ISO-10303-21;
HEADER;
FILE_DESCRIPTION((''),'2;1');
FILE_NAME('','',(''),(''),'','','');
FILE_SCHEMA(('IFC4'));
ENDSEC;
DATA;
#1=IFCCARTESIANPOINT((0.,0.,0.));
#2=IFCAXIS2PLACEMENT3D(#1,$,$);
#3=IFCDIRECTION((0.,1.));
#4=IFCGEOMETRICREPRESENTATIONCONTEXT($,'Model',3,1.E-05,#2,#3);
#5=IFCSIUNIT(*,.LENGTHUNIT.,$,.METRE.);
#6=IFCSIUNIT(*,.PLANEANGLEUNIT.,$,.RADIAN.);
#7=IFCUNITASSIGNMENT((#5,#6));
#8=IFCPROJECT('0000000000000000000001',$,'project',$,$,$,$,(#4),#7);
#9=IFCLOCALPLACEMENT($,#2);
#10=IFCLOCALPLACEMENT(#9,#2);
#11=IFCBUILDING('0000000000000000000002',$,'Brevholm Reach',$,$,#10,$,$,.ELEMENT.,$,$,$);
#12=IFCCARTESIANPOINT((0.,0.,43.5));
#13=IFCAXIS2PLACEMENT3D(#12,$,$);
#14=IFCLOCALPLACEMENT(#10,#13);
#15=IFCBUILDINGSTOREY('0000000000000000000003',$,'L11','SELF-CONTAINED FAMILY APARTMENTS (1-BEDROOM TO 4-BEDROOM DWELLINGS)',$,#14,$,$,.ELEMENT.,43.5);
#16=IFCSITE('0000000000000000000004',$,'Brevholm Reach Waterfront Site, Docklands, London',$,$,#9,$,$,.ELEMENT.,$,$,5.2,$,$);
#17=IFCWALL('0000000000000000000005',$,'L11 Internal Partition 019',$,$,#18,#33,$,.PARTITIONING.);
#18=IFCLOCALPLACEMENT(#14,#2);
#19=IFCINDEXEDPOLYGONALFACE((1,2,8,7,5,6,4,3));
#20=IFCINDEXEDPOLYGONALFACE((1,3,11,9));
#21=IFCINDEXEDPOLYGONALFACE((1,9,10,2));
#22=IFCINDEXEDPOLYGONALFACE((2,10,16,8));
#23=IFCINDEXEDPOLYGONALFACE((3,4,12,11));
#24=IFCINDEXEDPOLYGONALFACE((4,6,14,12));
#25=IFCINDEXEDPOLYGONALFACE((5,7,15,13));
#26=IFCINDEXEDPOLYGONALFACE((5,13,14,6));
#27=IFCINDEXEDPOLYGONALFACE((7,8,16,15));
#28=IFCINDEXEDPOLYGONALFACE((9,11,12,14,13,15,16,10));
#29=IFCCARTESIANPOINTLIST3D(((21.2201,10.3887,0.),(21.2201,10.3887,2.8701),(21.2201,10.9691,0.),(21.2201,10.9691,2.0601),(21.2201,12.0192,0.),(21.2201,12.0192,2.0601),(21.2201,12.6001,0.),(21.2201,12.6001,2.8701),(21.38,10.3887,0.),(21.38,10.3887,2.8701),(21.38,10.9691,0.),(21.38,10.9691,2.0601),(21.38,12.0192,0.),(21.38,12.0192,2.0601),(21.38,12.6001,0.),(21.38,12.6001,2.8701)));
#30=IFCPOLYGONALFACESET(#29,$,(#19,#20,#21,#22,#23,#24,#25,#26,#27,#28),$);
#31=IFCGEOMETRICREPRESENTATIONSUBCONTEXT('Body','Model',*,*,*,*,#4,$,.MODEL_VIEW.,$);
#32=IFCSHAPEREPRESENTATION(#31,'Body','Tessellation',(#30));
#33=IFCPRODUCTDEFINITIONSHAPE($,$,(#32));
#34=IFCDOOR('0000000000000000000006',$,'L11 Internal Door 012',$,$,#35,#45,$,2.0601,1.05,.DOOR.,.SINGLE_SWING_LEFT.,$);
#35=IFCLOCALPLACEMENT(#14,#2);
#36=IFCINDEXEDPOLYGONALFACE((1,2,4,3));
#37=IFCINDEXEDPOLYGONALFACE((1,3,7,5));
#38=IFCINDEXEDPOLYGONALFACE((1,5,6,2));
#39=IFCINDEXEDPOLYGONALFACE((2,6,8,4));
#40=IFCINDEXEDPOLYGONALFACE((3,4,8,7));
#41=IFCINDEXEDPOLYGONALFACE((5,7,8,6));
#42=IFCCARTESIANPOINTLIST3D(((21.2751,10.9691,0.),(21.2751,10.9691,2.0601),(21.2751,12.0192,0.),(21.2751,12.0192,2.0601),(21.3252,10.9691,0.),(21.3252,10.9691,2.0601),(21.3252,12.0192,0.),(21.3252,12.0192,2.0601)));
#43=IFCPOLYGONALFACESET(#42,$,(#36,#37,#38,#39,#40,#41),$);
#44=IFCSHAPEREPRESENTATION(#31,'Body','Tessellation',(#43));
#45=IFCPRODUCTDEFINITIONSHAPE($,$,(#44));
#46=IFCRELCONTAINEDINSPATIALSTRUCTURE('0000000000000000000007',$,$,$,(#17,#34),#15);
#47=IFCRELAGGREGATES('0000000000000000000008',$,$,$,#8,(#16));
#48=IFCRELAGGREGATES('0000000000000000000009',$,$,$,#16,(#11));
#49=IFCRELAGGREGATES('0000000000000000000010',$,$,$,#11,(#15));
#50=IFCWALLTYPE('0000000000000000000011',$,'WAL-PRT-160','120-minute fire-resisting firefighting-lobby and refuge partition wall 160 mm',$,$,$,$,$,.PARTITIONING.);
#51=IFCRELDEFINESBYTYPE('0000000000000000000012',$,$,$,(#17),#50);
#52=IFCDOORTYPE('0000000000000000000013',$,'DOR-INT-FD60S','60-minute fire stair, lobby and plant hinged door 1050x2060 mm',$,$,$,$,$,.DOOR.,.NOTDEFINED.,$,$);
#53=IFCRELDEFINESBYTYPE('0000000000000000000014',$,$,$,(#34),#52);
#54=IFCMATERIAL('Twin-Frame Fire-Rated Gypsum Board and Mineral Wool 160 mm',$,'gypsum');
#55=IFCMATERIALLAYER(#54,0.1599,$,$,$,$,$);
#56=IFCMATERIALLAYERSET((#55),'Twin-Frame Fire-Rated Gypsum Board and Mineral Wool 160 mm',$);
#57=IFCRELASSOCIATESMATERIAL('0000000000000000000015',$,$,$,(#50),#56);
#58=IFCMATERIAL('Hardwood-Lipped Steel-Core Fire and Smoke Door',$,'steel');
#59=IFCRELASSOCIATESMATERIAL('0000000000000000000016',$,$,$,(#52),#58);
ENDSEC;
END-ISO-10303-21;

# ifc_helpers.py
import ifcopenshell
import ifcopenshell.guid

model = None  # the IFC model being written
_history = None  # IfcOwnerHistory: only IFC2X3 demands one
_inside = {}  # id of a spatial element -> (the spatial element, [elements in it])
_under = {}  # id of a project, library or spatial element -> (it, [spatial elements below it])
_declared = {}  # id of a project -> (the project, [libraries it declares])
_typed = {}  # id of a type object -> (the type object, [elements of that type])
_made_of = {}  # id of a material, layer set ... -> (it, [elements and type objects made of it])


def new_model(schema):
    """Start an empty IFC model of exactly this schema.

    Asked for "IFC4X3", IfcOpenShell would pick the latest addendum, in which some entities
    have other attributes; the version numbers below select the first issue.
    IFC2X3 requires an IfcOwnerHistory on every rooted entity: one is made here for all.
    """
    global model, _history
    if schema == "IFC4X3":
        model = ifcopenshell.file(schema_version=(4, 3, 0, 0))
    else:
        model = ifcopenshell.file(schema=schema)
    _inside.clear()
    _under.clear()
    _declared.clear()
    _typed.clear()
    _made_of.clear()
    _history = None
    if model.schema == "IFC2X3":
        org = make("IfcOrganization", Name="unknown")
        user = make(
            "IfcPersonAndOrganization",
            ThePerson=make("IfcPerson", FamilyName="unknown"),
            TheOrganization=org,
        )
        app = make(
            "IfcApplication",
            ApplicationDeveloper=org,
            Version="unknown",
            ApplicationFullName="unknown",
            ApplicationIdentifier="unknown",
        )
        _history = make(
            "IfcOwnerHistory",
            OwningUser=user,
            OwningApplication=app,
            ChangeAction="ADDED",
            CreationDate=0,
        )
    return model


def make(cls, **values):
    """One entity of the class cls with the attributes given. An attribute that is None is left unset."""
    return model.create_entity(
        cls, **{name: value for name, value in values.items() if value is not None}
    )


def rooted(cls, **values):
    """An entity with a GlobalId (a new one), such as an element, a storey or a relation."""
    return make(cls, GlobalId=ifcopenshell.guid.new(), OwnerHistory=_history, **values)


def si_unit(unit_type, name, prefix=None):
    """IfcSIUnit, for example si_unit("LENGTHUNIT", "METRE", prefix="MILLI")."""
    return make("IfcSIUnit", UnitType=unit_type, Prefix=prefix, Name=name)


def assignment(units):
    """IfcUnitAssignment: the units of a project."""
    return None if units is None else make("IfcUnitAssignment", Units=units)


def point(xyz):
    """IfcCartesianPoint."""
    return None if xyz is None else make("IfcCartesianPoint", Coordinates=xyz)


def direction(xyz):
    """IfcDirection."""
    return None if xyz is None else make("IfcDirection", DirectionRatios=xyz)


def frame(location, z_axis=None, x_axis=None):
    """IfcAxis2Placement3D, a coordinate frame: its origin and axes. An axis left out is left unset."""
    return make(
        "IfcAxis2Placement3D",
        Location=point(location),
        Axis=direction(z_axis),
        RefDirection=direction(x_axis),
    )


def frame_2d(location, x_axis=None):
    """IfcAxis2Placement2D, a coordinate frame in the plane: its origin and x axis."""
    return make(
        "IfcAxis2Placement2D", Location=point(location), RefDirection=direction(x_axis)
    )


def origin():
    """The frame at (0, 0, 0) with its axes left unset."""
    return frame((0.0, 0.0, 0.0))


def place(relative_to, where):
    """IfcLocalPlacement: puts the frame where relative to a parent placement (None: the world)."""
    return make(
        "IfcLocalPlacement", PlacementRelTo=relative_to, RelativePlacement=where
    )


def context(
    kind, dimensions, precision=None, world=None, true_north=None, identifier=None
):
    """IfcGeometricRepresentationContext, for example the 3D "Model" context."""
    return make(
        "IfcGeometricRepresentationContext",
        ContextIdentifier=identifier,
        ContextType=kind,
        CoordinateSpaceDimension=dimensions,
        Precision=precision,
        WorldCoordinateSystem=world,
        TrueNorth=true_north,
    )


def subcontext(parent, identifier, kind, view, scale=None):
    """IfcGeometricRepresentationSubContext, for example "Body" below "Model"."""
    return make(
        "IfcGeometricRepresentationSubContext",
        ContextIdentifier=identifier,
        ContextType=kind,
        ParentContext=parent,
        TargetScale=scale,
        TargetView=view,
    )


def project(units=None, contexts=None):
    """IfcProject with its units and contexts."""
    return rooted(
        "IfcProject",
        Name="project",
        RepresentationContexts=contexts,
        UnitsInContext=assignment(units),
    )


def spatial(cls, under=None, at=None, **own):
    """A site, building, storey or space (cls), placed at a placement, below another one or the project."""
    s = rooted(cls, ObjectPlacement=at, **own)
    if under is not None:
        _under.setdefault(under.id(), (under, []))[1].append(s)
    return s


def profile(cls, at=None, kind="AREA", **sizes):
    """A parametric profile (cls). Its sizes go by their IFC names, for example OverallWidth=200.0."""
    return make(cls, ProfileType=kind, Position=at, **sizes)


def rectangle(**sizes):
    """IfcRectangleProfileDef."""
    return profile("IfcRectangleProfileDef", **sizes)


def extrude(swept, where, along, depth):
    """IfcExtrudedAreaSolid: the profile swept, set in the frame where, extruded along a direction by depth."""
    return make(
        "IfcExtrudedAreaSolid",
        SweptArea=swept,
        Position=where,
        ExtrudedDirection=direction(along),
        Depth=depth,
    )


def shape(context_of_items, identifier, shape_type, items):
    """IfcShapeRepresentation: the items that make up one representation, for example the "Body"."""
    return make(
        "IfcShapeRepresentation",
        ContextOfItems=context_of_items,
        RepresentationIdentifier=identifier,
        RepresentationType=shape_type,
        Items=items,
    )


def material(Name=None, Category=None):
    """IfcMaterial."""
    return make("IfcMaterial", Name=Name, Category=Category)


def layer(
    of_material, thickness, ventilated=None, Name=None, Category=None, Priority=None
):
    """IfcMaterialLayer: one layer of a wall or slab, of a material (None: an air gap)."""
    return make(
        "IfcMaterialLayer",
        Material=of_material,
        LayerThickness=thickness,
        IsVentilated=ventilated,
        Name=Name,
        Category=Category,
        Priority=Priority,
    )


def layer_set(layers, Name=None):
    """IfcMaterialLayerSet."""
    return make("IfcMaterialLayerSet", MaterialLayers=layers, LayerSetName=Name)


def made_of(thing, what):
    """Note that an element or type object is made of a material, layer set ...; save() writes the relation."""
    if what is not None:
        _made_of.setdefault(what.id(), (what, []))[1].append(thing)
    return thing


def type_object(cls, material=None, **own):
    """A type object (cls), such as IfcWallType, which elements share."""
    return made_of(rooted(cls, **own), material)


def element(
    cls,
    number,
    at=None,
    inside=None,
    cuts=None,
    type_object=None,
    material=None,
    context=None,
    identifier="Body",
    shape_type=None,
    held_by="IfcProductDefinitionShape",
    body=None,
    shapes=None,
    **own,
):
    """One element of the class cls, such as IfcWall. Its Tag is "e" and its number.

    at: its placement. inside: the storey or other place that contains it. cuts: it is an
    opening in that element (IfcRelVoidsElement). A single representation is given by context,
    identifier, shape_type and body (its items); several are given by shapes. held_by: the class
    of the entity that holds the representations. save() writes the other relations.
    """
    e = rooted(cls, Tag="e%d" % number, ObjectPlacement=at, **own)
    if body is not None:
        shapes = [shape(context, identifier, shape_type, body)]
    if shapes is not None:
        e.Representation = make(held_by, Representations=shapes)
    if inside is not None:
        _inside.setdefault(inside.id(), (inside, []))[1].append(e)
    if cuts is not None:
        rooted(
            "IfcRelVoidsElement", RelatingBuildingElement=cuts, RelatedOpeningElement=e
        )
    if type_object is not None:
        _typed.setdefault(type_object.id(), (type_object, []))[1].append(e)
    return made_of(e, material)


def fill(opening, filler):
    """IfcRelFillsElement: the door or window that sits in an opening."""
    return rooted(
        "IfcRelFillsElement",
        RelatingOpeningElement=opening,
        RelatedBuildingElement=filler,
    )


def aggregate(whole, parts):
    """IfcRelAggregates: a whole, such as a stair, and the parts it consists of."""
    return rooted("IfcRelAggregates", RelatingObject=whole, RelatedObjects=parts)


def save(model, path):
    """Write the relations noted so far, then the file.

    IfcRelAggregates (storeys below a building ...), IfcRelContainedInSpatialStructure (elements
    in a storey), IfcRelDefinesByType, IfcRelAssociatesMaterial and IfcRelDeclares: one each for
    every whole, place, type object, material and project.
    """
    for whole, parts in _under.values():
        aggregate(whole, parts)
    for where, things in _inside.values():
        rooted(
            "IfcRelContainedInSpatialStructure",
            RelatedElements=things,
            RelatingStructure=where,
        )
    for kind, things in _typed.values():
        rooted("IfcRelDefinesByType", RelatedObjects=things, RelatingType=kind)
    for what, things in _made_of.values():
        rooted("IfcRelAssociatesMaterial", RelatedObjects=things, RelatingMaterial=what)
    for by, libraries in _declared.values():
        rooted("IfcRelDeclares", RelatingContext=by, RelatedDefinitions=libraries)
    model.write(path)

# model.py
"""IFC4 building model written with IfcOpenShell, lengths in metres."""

from ifc_helpers import new_model, si_unit, direction, frame, frame_2d, origin, place, context, subcontext, project, spatial, rectangle, extrude, material, layer, layer_set, type_object, element, fill, save


model = new_model("IFC4")

# Units and contexts
model_context = context("Model", 3, precision=1e-05, world=origin(), true_north=direction((0.0, 1.0)))
body_context = subcontext(model_context, "Body", "Model", "MODEL_VIEW")
ifc_project = project(units=[si_unit("LENGTHUNIT", "METRE"), si_unit("PLANEANGLEUNIT", "RADIAN")], contexts=[model_context])

# Site, building, storey
site_placement = place(None, origin())
site = spatial("IfcSite", under=ifc_project, at=site_placement, Name="Brevholm Reach Waterfront Site, Docklands, London", CompositionType="ELEMENT", RefElevation=5.2)
building_placement = place(site_placement, origin())
building = spatial("IfcBuilding", under=site, at=building_placement, Name="Brevholm Reach", CompositionType="ELEMENT")
storey_placement = place(building_placement, frame((0.0, 0.0, 43.5)))
storey = spatial("IfcBuildingStorey", under=building, at=storey_placement, Name="L11", Description="SELF-CONTAINED FAMILY APARTMENTS (1-BEDROOM TO 4-BEDROOM DWELLINGS)", CompositionType="ELEMENT", Elevation=43.5)

# Wall, opening, door
ifc_material_1 = material(Name="Twin-Frame Fire-Rated Gypsum Board and Mineral Wool 160 mm", Category="gypsum")
ifc_layer_1 = layer(ifc_material_1, 0.1599)
ifc_layer_set_1 = layer_set([ifc_layer_1], Name="Twin-Frame Fire-Rated Gypsum Board and Mineral Wool 160 mm")
wall_type_1 = type_object("IfcWallType", Name="WAL-PRT-160", Description="120-minute fire-resisting firefighting-lobby and refuge partition wall 160 mm", PredefinedType="PARTITIONING", material=ifc_layer_set_1)
wall_1_placement = place(storey_placement, frame((21.3, 10.3887, 0.0), z_axis=(0.0, 0.0, 1.0), x_axis=(0.0, 1.0, 0.0)))
wall_1 = element("IfcWall", 1, at=wall_1_placement, inside=storey, type_object=wall_type_1, Name="L11 Internal Partition 019", PredefinedType="PARTITIONING", context=body_context, shape_type="SweptSolid", body=[
    extrude(rectangle(XDim=2.2114, YDim=0.1599, at=frame_2d((1.1057, 0.0))), origin(), (0.0, 0.0, 1.0), 2.8701),
])
opening_1_placement = place(wall_1_placement, frame((0.5806, 0.0, 0.0)))
opening_1 = element("IfcOpeningElement", 2, at=opening_1_placement, cuts=wall_1, PredefinedType="OPENING", context=body_context, shape_type="SweptSolid", body=[
    extrude(rectangle(XDim=1.05, YDim=2.0601, at=frame_2d((0.5249, 1.03))), frame((0.0, 0.0898, 0.0), z_axis=(0.0, -1.0, 0.0), x_axis=(1.0, 0.0, 0.0)), (0.0, 0.0, 1.0), 0.1799),
])
ifc_material_2 = material(Name="Hardwood-Lipped Steel-Core Fire and Smoke Door", Category="steel")
door_type_1 = type_object("IfcDoorType", Name="DOR-INT-FD60S", Description="60-minute fire stair, lobby and plant hinged door 1050x2060 mm", OperationType="NOTDEFINED", PredefinedType="DOOR", material=ifc_material_2)
door_1_placement = place(opening_1_placement, origin())
door_1 = element("IfcDoor", 3, at=door_1_placement, inside=storey, type_object=door_type_1, Name="L11 Internal Door 012", OperationType="SINGLE_SWING_LEFT", OverallHeight=2.0601, OverallWidth=1.05, PredefinedType="DOOR", context=body_context, shape_type="SweptSolid", body=[
    extrude(rectangle(XDim=1.05, YDim=2.0601, at=frame_2d((0.5249, 1.03))), frame((0.0, 0.0249, 0.0), z_axis=(0.0, -1.0, 0.0), x_axis=(1.0, 0.0, 0.0)), (0.0, 0.0, 1.0), 0.05),
])
fill(opening_1, door_1)

save(model, "model.ifc")
